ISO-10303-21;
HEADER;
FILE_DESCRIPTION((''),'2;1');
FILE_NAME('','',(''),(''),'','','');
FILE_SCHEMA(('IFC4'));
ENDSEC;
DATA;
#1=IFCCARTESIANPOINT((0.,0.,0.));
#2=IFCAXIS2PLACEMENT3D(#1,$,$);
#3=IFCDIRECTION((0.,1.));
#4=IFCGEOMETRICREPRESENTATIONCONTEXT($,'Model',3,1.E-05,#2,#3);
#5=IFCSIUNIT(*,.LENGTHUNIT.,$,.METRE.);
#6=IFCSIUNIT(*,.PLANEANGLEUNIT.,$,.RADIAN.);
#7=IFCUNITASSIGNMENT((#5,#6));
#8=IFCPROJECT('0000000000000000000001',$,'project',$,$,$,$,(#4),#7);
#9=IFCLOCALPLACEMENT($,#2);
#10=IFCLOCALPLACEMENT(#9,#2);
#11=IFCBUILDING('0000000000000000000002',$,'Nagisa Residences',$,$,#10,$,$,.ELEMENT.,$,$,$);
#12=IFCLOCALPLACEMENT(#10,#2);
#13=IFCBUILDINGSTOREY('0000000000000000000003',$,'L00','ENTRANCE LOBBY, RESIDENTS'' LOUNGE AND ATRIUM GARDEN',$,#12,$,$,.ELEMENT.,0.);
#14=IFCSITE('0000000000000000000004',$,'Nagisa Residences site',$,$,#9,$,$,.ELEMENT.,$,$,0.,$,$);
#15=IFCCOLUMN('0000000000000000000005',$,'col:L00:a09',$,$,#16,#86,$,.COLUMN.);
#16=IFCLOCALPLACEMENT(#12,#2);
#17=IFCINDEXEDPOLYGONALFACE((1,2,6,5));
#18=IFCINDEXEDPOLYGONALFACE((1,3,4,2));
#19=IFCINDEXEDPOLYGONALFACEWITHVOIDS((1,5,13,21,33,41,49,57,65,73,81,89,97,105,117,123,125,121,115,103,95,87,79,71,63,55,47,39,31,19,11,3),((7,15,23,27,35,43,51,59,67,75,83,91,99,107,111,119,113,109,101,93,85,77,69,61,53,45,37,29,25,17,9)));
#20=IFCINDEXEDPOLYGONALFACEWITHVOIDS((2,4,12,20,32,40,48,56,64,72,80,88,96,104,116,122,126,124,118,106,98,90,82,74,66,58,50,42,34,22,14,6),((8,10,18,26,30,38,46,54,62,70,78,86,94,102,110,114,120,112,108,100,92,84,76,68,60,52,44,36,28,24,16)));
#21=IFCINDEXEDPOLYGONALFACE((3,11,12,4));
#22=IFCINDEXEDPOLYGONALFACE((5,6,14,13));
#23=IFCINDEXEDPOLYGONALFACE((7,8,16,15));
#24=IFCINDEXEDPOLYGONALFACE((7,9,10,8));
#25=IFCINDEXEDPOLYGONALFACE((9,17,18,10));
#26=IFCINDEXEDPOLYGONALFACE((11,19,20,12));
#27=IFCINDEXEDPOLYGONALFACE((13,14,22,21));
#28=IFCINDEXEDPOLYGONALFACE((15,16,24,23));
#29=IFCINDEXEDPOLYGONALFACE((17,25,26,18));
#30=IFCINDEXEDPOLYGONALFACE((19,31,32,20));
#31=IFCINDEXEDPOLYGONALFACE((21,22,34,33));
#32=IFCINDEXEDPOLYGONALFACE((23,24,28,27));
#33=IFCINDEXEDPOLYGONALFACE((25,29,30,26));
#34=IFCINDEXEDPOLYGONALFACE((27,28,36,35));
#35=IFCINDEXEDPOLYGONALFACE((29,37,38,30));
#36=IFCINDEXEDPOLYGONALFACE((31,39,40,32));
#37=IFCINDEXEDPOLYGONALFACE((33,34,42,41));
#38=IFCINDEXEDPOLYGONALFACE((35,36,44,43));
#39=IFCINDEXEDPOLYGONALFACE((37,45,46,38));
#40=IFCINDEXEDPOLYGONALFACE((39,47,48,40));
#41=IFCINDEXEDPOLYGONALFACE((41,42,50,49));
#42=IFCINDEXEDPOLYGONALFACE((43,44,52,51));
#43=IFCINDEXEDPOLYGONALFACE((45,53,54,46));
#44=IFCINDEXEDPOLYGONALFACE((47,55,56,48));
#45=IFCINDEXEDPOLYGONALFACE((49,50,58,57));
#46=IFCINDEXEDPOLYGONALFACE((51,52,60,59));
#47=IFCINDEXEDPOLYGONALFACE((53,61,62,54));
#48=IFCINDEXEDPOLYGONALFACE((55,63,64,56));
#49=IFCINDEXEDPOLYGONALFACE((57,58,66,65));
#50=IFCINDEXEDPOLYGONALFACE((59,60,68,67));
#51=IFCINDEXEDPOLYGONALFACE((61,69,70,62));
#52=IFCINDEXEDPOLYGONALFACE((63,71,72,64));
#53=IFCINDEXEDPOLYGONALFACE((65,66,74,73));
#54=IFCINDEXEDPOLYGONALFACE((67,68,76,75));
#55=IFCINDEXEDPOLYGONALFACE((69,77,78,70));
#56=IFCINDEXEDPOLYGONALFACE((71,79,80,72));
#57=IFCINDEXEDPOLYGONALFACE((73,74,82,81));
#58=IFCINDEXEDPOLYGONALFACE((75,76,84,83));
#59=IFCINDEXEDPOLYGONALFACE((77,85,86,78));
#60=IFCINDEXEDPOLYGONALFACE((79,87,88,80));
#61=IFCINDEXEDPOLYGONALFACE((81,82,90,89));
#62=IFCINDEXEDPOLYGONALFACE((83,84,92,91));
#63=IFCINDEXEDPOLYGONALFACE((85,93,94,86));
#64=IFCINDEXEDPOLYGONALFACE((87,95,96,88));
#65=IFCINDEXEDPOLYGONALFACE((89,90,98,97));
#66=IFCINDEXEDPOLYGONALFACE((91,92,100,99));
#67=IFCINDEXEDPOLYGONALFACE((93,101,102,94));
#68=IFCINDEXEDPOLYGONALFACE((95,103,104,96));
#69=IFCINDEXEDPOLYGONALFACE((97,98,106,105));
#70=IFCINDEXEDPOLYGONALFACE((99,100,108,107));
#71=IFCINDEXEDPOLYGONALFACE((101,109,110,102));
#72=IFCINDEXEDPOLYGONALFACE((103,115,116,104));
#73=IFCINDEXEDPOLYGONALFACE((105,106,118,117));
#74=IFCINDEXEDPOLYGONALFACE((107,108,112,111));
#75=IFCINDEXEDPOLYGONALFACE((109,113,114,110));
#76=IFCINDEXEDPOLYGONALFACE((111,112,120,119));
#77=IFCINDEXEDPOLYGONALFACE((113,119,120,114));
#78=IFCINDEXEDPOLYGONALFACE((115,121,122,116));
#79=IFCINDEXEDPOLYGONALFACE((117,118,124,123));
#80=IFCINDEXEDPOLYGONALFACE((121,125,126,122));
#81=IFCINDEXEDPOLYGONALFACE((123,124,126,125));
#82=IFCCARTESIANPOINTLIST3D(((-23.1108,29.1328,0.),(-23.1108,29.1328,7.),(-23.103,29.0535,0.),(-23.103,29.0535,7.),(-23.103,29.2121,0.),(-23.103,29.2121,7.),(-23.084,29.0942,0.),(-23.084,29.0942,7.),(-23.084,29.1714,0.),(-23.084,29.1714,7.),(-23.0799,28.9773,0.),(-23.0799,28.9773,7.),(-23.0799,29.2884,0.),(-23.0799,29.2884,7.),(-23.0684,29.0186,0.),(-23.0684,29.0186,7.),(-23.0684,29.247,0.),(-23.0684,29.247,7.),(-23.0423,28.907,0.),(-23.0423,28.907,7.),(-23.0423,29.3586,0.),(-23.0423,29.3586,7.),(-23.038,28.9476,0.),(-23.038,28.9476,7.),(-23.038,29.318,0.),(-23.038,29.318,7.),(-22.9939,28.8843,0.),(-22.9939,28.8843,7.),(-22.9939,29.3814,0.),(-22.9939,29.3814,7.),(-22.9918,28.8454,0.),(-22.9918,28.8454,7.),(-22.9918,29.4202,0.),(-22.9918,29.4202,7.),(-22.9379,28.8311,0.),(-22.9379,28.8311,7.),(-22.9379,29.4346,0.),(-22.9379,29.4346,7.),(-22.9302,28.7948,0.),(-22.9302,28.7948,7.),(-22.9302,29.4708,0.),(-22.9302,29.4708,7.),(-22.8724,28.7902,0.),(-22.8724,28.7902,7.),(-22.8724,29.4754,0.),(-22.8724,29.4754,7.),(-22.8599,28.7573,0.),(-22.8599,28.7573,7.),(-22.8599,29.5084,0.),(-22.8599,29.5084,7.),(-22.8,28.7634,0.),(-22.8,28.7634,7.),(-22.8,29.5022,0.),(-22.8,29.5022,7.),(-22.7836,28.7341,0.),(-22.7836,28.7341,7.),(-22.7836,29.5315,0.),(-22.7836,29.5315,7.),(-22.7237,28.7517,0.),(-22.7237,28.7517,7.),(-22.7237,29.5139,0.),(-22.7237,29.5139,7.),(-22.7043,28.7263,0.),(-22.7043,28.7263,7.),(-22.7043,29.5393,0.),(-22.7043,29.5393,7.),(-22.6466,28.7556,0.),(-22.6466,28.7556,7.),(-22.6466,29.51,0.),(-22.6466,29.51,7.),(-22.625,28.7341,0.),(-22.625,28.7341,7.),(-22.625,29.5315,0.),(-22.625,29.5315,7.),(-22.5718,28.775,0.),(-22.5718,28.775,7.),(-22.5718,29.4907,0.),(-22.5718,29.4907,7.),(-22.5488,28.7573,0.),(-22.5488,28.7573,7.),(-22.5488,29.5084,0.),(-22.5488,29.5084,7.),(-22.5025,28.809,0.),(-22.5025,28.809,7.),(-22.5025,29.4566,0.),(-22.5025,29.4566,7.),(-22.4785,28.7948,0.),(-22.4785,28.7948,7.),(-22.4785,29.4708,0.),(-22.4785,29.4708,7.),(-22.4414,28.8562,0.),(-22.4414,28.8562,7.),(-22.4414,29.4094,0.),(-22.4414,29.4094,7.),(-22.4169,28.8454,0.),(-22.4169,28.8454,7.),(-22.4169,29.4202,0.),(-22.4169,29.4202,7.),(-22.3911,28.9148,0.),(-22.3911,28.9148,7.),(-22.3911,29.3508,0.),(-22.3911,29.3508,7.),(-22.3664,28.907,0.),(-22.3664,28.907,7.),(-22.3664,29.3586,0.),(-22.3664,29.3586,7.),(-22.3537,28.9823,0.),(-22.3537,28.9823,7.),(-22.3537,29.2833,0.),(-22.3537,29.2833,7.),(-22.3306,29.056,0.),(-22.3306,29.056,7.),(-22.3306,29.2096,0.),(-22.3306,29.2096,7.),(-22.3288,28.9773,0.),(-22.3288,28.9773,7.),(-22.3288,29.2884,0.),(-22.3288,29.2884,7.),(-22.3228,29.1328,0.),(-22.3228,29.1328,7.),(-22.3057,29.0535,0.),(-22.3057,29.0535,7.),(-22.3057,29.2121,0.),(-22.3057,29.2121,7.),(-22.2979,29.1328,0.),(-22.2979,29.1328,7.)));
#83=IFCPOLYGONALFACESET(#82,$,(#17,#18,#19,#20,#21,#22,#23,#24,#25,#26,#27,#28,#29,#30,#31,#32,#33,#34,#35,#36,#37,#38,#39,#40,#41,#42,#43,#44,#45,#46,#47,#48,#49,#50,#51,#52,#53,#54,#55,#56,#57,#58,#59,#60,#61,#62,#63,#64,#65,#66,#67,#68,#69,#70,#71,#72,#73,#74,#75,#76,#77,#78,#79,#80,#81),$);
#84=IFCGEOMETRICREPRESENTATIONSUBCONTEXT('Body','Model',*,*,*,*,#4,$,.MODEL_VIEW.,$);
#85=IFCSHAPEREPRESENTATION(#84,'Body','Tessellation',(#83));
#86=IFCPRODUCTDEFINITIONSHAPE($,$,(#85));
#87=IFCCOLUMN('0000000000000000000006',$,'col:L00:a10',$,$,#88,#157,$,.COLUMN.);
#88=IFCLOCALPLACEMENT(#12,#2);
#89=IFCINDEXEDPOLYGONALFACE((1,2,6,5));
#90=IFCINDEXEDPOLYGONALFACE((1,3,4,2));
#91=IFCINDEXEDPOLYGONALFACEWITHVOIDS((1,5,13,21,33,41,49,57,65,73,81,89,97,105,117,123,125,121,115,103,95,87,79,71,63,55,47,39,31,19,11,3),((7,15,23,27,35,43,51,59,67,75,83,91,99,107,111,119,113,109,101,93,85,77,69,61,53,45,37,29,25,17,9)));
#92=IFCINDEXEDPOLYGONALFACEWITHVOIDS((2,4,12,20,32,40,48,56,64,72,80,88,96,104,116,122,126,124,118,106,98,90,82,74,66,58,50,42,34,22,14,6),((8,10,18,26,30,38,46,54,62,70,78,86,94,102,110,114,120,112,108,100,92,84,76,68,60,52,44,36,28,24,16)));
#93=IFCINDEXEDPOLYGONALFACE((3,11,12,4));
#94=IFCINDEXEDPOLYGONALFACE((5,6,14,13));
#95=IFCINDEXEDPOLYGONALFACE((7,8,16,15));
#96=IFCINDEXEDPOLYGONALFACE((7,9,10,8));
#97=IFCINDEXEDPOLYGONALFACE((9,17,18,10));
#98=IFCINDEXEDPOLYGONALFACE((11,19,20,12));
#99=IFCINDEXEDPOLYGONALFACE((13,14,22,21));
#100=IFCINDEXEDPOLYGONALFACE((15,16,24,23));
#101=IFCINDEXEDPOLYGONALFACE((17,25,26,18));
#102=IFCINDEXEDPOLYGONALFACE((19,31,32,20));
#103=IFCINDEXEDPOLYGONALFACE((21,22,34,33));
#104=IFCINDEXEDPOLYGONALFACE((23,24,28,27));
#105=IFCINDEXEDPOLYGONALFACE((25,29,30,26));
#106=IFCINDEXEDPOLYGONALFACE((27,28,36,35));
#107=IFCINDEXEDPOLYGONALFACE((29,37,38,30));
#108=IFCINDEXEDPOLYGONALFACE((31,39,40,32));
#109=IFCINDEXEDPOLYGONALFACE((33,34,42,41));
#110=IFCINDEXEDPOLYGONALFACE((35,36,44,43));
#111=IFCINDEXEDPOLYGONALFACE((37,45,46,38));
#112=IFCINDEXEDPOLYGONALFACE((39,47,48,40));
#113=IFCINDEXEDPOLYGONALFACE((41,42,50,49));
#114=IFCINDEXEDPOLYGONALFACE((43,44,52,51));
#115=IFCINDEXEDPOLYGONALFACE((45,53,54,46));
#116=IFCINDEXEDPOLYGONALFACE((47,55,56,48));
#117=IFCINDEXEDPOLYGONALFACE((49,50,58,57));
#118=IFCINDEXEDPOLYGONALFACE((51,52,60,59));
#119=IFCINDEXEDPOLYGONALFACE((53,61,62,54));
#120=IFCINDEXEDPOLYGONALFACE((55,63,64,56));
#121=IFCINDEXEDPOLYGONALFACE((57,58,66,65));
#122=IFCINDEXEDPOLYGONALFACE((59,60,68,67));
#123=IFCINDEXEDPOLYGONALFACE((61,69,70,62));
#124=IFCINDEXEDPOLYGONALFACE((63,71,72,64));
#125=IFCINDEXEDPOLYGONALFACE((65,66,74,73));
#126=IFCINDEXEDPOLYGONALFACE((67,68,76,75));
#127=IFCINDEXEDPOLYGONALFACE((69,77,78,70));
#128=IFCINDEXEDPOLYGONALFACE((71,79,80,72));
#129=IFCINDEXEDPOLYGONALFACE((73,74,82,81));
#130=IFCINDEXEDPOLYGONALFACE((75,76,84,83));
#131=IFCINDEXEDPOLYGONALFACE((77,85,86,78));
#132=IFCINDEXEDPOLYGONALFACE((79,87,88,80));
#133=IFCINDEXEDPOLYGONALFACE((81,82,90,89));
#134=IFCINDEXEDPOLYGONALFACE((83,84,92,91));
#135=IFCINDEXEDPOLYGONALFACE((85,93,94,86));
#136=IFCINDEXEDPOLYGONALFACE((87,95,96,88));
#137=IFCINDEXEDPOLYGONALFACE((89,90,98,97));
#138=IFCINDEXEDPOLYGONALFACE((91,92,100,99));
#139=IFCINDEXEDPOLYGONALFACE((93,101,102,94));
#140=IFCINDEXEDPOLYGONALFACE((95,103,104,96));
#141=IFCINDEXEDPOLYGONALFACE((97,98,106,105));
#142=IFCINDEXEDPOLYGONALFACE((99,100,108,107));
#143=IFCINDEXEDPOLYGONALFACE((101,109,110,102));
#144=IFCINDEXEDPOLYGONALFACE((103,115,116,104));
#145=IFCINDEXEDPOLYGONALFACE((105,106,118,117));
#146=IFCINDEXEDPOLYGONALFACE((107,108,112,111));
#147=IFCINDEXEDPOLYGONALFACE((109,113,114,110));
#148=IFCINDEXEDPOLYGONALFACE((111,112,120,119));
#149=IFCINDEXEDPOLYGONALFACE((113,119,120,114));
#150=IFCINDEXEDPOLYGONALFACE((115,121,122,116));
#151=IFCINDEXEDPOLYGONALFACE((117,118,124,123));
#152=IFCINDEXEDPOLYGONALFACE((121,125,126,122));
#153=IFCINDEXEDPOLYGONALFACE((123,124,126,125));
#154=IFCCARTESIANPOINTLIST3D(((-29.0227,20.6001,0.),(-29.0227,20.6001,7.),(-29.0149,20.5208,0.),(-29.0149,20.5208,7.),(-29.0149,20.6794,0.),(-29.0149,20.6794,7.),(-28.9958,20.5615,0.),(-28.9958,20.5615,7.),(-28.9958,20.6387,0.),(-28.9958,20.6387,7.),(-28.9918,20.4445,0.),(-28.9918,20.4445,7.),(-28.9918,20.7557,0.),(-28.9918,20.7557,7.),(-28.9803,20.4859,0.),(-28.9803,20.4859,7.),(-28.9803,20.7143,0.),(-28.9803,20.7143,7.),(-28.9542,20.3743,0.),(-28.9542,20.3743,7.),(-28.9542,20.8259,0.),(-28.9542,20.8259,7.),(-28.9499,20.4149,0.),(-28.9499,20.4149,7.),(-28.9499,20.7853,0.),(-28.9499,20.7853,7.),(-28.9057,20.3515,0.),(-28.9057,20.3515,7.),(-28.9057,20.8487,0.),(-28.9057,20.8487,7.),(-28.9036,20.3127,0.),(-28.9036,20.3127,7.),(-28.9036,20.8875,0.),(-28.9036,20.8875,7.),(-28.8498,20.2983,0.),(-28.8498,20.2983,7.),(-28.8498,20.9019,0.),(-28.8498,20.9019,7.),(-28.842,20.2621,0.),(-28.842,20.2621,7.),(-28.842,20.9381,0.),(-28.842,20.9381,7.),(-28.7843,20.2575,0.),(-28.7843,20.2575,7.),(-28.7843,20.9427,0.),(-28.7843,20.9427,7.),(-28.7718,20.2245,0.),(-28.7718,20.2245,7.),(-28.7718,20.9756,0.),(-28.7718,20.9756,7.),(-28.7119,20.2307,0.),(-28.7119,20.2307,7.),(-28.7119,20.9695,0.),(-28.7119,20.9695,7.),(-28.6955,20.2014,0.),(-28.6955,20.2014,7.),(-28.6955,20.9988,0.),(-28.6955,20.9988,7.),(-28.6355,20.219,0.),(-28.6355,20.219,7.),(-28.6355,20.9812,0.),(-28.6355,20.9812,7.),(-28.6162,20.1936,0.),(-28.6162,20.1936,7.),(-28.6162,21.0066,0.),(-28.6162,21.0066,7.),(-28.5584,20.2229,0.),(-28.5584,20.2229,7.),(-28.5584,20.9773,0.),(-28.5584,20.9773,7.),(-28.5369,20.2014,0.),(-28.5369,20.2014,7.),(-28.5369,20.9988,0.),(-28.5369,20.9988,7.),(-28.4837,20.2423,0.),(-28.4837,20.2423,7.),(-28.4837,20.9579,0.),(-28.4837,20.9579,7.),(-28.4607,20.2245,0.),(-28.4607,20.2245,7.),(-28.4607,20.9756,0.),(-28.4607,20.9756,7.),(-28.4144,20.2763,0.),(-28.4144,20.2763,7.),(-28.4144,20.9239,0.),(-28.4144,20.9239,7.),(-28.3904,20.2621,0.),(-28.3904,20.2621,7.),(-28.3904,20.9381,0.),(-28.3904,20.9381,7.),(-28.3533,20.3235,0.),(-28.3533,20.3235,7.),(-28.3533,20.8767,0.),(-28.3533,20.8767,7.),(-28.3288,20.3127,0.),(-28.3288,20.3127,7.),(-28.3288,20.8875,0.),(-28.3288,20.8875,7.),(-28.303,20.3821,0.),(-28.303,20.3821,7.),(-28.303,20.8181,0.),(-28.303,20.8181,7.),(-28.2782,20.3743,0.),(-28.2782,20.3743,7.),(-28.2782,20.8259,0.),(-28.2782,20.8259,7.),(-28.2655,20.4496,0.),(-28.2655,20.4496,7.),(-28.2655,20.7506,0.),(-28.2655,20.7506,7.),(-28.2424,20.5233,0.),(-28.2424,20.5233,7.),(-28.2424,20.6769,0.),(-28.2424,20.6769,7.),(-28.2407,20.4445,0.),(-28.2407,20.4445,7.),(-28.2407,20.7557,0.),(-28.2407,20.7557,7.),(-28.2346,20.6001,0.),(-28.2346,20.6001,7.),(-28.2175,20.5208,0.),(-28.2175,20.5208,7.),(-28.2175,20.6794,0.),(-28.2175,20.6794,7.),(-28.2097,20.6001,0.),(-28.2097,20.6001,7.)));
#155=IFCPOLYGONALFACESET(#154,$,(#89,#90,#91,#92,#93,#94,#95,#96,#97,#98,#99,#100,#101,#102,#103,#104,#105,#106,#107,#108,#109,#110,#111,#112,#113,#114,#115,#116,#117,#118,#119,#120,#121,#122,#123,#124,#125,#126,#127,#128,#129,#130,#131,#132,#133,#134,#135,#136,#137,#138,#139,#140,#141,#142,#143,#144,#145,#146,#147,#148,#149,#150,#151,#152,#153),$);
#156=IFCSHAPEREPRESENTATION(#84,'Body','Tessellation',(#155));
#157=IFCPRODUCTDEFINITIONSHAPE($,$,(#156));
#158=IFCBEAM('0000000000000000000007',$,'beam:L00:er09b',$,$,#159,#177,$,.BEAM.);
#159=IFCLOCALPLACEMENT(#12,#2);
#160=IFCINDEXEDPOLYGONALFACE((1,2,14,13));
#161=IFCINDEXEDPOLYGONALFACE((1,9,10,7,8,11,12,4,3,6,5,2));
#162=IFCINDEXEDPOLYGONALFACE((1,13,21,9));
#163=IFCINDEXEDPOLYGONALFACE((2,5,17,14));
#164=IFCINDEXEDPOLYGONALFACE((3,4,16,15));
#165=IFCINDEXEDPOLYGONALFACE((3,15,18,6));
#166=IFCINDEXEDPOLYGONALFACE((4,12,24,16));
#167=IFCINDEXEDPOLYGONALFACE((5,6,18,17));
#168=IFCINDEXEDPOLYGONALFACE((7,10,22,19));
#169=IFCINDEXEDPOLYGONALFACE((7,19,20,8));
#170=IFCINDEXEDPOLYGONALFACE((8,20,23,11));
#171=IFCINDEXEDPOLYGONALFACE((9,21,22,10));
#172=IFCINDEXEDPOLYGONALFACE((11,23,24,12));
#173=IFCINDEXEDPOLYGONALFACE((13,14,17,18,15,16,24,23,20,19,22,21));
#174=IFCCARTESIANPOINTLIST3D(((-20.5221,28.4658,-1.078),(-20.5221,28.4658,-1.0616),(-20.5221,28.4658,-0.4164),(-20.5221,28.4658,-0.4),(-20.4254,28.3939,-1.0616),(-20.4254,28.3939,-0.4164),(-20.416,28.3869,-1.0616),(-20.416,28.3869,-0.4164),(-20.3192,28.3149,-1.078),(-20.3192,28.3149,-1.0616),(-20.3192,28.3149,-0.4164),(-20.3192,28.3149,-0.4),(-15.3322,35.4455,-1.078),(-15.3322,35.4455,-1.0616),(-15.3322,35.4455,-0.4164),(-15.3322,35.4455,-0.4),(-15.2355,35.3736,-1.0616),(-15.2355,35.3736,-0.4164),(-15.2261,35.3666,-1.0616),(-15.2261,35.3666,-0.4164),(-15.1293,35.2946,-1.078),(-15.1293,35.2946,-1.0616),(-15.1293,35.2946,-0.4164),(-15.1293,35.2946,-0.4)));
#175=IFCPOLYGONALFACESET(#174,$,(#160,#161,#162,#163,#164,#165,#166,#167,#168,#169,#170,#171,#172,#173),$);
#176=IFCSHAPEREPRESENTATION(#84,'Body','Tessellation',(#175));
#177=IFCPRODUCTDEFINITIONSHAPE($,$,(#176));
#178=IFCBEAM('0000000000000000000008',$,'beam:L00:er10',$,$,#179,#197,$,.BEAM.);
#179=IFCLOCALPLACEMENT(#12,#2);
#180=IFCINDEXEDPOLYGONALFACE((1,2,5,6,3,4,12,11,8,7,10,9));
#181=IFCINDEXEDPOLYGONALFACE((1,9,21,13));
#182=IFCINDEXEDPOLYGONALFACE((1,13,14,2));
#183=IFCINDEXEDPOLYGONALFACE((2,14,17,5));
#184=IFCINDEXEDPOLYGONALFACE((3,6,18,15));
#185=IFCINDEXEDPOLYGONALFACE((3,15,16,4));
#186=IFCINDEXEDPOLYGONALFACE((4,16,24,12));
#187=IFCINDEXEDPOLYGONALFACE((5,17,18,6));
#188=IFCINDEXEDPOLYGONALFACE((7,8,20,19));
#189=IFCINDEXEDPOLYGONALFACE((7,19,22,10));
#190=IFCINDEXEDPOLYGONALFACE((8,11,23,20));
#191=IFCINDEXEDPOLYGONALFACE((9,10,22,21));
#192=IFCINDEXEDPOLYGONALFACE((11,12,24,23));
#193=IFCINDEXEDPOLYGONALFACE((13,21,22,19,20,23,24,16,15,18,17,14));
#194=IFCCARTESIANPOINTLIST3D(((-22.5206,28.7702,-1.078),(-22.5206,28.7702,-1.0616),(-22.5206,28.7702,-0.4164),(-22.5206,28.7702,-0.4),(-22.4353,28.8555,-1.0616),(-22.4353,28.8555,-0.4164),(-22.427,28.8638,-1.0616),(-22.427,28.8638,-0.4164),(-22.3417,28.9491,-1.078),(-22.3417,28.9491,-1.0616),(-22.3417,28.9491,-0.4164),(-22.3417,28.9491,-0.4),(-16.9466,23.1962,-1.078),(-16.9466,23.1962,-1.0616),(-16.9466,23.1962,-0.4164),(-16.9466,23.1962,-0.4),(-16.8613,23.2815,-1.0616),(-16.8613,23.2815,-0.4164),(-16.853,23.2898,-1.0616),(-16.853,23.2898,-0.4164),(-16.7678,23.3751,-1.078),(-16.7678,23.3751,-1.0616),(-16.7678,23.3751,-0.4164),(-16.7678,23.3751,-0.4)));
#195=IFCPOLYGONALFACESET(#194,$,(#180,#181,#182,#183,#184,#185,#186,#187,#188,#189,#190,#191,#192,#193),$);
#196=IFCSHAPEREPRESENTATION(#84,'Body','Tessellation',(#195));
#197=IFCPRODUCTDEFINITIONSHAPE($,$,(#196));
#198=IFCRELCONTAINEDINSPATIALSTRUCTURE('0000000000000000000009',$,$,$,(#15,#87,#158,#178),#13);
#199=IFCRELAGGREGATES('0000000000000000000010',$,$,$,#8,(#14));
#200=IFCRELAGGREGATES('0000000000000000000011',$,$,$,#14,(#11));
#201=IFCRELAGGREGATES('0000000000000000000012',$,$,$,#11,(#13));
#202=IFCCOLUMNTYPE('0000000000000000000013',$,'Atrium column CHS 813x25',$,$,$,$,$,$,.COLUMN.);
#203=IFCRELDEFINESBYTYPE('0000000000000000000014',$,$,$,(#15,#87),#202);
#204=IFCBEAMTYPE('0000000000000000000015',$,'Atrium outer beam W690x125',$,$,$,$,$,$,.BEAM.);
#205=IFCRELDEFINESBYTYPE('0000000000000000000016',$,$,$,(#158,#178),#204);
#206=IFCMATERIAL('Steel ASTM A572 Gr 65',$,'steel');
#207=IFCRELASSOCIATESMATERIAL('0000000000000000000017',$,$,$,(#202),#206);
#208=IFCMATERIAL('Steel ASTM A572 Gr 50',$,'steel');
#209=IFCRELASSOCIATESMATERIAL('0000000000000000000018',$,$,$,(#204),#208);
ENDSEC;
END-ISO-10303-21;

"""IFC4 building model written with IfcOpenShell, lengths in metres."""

from ifc_helpers import new_model, si_unit, direction, frame, origin, origin_2d, place, context, subcontext, project, spatial, hollow_circle, i_section, extrude, material, material_profile, profile_set, type_object, element, save


model = new_model("IFC4")

# Units and contexts
model_context = context("Model", 3, precision=1e-05, world=origin(), true_north=direction((0.0, 1.0)))
body_context = subcontext(model_context, "Body", "Model", "MODEL_VIEW")
ifc_project = project(units=[si_unit("LENGTHUNIT", "METRE"), si_unit("PLANEANGLEUNIT", "RADIAN")], contexts=[model_context])

# Site, building, storey
site_placement = place(None, origin())
site = spatial("IfcSite", under=ifc_project, at=site_placement, Name="Nagisa Residences site", CompositionType="ELEMENT", RefElevation=0.0)
building_placement = place(site_placement, origin())
building = spatial("IfcBuilding", under=site, at=building_placement, Name="Nagisa Residences", CompositionType="ELEMENT")
storey_placement = place(building_placement, origin())
storey = spatial("IfcBuildingStorey", under=building, at=storey_placement, Name="L00", Description="ENTRANCE LOBBY, RESIDENTS' LOUNGE AND ATRIUM GARDEN", CompositionType="ELEMENT", Elevation=0.0)

# Columns
ifc_material_1 = material(Name="Steel ASTM A572 Gr 65", Category="steel")
ifc_material_profile_1 = material_profile(ifc_material_1, hollow_circle(Radius=0.4065, WallThickness=0.0249, at=origin_2d()), Name="CHS 813x25")
ifc_profile_set_1 = profile_set([ifc_material_profile_1], Name="Steel ASTM A572 Gr 65")
column_type = type_object("IfcColumnType", Name="Atrium column CHS 813x25", PredefinedType="COLUMN", material=ifc_profile_set_1)
for number, where, z_axis, x_axis, name in (
    (1, (-22.7043, 29.1328, 0.0), (0.0, 0.0, 1.0), (1.0, 0.0, 0.0), "col:L00:a09"),
    (2, (-28.6162, 20.6001, 0.0), (0.0, 0.0, 1.0), (1.0, 0.0, 0.0), "col:L00:a10"),
):
    element("IfcColumn", number, at=place(storey_placement, frame(where, z_axis=z_axis, x_axis=x_axis)), inside=storey, type_object=column_type, Name=name, PredefinedType="COLUMN", context=body_context, shape_type="SweptSolid", body=[
        extrude(hollow_circle(Radius=0.4065, WallThickness=0.0249, at=origin_2d()), origin(), (0.0, 0.0, 1.0), 7.0),
    ])

# Beams
ifc_material_2 = material(Name="Steel ASTM A572 Gr 50", Category="steel")
ifc_material_profile_2 = material_profile(ifc_material_2, i_section(OverallWidth=0.2529, OverallDepth=0.678, WebThickness=0.0117, FlangeThickness=0.0164, at=origin_2d()), Name="W690x125")
ifc_profile_set_2 = profile_set([ifc_material_profile_2], Name="Steel ASTM A572 Gr 50")
beam_type_1 = type_object("IfcBeamType", Name="Atrium outer beam W690x125", PredefinedType="BEAM", material=ifc_profile_set_2)
beam_1_placement = place(storey_placement, frame((-20.4207, 28.3904, -0.739), z_axis=(0.596694, 0.802469, 0.0), x_axis=(-0.802469, 0.596694, 0.0)))
element("IfcBeam", 3, at=beam_1_placement, inside=storey, type_object=beam_type_1, Name="beam:L00:er09b", PredefinedType="BEAM", context=body_context, shape_type="SweptSolid", body=[
    extrude(i_section(OverallWidth=0.2529, OverallDepth=0.678, WebThickness=0.0117, FlangeThickness=0.0164, at=origin_2d()), origin(), (0.0, 0.0, 1.0), 8.6978),
])
beam_2_placement = place(storey_placement, frame((-16.8572, 23.2856, -0.739), z_axis=(-0.707107, 0.707107, 0.0), x_axis=(-0.707107, -0.707107, 0.0)))
element("IfcBeam", 4, at=beam_2_placement, inside=storey, type_object=beam_type_1, Name="beam:L00:er10", PredefinedType="BEAM", context=body_context, shape_type="SweptSolid", body=[
    extrude(i_section(OverallWidth=0.2529, OverallDepth=0.678, WebThickness=0.0117, FlangeThickness=0.0164, at=origin_2d()), origin(), (0.0, 0.0, 1.0), 7.8828),
])

save(model, "model.ifc")
